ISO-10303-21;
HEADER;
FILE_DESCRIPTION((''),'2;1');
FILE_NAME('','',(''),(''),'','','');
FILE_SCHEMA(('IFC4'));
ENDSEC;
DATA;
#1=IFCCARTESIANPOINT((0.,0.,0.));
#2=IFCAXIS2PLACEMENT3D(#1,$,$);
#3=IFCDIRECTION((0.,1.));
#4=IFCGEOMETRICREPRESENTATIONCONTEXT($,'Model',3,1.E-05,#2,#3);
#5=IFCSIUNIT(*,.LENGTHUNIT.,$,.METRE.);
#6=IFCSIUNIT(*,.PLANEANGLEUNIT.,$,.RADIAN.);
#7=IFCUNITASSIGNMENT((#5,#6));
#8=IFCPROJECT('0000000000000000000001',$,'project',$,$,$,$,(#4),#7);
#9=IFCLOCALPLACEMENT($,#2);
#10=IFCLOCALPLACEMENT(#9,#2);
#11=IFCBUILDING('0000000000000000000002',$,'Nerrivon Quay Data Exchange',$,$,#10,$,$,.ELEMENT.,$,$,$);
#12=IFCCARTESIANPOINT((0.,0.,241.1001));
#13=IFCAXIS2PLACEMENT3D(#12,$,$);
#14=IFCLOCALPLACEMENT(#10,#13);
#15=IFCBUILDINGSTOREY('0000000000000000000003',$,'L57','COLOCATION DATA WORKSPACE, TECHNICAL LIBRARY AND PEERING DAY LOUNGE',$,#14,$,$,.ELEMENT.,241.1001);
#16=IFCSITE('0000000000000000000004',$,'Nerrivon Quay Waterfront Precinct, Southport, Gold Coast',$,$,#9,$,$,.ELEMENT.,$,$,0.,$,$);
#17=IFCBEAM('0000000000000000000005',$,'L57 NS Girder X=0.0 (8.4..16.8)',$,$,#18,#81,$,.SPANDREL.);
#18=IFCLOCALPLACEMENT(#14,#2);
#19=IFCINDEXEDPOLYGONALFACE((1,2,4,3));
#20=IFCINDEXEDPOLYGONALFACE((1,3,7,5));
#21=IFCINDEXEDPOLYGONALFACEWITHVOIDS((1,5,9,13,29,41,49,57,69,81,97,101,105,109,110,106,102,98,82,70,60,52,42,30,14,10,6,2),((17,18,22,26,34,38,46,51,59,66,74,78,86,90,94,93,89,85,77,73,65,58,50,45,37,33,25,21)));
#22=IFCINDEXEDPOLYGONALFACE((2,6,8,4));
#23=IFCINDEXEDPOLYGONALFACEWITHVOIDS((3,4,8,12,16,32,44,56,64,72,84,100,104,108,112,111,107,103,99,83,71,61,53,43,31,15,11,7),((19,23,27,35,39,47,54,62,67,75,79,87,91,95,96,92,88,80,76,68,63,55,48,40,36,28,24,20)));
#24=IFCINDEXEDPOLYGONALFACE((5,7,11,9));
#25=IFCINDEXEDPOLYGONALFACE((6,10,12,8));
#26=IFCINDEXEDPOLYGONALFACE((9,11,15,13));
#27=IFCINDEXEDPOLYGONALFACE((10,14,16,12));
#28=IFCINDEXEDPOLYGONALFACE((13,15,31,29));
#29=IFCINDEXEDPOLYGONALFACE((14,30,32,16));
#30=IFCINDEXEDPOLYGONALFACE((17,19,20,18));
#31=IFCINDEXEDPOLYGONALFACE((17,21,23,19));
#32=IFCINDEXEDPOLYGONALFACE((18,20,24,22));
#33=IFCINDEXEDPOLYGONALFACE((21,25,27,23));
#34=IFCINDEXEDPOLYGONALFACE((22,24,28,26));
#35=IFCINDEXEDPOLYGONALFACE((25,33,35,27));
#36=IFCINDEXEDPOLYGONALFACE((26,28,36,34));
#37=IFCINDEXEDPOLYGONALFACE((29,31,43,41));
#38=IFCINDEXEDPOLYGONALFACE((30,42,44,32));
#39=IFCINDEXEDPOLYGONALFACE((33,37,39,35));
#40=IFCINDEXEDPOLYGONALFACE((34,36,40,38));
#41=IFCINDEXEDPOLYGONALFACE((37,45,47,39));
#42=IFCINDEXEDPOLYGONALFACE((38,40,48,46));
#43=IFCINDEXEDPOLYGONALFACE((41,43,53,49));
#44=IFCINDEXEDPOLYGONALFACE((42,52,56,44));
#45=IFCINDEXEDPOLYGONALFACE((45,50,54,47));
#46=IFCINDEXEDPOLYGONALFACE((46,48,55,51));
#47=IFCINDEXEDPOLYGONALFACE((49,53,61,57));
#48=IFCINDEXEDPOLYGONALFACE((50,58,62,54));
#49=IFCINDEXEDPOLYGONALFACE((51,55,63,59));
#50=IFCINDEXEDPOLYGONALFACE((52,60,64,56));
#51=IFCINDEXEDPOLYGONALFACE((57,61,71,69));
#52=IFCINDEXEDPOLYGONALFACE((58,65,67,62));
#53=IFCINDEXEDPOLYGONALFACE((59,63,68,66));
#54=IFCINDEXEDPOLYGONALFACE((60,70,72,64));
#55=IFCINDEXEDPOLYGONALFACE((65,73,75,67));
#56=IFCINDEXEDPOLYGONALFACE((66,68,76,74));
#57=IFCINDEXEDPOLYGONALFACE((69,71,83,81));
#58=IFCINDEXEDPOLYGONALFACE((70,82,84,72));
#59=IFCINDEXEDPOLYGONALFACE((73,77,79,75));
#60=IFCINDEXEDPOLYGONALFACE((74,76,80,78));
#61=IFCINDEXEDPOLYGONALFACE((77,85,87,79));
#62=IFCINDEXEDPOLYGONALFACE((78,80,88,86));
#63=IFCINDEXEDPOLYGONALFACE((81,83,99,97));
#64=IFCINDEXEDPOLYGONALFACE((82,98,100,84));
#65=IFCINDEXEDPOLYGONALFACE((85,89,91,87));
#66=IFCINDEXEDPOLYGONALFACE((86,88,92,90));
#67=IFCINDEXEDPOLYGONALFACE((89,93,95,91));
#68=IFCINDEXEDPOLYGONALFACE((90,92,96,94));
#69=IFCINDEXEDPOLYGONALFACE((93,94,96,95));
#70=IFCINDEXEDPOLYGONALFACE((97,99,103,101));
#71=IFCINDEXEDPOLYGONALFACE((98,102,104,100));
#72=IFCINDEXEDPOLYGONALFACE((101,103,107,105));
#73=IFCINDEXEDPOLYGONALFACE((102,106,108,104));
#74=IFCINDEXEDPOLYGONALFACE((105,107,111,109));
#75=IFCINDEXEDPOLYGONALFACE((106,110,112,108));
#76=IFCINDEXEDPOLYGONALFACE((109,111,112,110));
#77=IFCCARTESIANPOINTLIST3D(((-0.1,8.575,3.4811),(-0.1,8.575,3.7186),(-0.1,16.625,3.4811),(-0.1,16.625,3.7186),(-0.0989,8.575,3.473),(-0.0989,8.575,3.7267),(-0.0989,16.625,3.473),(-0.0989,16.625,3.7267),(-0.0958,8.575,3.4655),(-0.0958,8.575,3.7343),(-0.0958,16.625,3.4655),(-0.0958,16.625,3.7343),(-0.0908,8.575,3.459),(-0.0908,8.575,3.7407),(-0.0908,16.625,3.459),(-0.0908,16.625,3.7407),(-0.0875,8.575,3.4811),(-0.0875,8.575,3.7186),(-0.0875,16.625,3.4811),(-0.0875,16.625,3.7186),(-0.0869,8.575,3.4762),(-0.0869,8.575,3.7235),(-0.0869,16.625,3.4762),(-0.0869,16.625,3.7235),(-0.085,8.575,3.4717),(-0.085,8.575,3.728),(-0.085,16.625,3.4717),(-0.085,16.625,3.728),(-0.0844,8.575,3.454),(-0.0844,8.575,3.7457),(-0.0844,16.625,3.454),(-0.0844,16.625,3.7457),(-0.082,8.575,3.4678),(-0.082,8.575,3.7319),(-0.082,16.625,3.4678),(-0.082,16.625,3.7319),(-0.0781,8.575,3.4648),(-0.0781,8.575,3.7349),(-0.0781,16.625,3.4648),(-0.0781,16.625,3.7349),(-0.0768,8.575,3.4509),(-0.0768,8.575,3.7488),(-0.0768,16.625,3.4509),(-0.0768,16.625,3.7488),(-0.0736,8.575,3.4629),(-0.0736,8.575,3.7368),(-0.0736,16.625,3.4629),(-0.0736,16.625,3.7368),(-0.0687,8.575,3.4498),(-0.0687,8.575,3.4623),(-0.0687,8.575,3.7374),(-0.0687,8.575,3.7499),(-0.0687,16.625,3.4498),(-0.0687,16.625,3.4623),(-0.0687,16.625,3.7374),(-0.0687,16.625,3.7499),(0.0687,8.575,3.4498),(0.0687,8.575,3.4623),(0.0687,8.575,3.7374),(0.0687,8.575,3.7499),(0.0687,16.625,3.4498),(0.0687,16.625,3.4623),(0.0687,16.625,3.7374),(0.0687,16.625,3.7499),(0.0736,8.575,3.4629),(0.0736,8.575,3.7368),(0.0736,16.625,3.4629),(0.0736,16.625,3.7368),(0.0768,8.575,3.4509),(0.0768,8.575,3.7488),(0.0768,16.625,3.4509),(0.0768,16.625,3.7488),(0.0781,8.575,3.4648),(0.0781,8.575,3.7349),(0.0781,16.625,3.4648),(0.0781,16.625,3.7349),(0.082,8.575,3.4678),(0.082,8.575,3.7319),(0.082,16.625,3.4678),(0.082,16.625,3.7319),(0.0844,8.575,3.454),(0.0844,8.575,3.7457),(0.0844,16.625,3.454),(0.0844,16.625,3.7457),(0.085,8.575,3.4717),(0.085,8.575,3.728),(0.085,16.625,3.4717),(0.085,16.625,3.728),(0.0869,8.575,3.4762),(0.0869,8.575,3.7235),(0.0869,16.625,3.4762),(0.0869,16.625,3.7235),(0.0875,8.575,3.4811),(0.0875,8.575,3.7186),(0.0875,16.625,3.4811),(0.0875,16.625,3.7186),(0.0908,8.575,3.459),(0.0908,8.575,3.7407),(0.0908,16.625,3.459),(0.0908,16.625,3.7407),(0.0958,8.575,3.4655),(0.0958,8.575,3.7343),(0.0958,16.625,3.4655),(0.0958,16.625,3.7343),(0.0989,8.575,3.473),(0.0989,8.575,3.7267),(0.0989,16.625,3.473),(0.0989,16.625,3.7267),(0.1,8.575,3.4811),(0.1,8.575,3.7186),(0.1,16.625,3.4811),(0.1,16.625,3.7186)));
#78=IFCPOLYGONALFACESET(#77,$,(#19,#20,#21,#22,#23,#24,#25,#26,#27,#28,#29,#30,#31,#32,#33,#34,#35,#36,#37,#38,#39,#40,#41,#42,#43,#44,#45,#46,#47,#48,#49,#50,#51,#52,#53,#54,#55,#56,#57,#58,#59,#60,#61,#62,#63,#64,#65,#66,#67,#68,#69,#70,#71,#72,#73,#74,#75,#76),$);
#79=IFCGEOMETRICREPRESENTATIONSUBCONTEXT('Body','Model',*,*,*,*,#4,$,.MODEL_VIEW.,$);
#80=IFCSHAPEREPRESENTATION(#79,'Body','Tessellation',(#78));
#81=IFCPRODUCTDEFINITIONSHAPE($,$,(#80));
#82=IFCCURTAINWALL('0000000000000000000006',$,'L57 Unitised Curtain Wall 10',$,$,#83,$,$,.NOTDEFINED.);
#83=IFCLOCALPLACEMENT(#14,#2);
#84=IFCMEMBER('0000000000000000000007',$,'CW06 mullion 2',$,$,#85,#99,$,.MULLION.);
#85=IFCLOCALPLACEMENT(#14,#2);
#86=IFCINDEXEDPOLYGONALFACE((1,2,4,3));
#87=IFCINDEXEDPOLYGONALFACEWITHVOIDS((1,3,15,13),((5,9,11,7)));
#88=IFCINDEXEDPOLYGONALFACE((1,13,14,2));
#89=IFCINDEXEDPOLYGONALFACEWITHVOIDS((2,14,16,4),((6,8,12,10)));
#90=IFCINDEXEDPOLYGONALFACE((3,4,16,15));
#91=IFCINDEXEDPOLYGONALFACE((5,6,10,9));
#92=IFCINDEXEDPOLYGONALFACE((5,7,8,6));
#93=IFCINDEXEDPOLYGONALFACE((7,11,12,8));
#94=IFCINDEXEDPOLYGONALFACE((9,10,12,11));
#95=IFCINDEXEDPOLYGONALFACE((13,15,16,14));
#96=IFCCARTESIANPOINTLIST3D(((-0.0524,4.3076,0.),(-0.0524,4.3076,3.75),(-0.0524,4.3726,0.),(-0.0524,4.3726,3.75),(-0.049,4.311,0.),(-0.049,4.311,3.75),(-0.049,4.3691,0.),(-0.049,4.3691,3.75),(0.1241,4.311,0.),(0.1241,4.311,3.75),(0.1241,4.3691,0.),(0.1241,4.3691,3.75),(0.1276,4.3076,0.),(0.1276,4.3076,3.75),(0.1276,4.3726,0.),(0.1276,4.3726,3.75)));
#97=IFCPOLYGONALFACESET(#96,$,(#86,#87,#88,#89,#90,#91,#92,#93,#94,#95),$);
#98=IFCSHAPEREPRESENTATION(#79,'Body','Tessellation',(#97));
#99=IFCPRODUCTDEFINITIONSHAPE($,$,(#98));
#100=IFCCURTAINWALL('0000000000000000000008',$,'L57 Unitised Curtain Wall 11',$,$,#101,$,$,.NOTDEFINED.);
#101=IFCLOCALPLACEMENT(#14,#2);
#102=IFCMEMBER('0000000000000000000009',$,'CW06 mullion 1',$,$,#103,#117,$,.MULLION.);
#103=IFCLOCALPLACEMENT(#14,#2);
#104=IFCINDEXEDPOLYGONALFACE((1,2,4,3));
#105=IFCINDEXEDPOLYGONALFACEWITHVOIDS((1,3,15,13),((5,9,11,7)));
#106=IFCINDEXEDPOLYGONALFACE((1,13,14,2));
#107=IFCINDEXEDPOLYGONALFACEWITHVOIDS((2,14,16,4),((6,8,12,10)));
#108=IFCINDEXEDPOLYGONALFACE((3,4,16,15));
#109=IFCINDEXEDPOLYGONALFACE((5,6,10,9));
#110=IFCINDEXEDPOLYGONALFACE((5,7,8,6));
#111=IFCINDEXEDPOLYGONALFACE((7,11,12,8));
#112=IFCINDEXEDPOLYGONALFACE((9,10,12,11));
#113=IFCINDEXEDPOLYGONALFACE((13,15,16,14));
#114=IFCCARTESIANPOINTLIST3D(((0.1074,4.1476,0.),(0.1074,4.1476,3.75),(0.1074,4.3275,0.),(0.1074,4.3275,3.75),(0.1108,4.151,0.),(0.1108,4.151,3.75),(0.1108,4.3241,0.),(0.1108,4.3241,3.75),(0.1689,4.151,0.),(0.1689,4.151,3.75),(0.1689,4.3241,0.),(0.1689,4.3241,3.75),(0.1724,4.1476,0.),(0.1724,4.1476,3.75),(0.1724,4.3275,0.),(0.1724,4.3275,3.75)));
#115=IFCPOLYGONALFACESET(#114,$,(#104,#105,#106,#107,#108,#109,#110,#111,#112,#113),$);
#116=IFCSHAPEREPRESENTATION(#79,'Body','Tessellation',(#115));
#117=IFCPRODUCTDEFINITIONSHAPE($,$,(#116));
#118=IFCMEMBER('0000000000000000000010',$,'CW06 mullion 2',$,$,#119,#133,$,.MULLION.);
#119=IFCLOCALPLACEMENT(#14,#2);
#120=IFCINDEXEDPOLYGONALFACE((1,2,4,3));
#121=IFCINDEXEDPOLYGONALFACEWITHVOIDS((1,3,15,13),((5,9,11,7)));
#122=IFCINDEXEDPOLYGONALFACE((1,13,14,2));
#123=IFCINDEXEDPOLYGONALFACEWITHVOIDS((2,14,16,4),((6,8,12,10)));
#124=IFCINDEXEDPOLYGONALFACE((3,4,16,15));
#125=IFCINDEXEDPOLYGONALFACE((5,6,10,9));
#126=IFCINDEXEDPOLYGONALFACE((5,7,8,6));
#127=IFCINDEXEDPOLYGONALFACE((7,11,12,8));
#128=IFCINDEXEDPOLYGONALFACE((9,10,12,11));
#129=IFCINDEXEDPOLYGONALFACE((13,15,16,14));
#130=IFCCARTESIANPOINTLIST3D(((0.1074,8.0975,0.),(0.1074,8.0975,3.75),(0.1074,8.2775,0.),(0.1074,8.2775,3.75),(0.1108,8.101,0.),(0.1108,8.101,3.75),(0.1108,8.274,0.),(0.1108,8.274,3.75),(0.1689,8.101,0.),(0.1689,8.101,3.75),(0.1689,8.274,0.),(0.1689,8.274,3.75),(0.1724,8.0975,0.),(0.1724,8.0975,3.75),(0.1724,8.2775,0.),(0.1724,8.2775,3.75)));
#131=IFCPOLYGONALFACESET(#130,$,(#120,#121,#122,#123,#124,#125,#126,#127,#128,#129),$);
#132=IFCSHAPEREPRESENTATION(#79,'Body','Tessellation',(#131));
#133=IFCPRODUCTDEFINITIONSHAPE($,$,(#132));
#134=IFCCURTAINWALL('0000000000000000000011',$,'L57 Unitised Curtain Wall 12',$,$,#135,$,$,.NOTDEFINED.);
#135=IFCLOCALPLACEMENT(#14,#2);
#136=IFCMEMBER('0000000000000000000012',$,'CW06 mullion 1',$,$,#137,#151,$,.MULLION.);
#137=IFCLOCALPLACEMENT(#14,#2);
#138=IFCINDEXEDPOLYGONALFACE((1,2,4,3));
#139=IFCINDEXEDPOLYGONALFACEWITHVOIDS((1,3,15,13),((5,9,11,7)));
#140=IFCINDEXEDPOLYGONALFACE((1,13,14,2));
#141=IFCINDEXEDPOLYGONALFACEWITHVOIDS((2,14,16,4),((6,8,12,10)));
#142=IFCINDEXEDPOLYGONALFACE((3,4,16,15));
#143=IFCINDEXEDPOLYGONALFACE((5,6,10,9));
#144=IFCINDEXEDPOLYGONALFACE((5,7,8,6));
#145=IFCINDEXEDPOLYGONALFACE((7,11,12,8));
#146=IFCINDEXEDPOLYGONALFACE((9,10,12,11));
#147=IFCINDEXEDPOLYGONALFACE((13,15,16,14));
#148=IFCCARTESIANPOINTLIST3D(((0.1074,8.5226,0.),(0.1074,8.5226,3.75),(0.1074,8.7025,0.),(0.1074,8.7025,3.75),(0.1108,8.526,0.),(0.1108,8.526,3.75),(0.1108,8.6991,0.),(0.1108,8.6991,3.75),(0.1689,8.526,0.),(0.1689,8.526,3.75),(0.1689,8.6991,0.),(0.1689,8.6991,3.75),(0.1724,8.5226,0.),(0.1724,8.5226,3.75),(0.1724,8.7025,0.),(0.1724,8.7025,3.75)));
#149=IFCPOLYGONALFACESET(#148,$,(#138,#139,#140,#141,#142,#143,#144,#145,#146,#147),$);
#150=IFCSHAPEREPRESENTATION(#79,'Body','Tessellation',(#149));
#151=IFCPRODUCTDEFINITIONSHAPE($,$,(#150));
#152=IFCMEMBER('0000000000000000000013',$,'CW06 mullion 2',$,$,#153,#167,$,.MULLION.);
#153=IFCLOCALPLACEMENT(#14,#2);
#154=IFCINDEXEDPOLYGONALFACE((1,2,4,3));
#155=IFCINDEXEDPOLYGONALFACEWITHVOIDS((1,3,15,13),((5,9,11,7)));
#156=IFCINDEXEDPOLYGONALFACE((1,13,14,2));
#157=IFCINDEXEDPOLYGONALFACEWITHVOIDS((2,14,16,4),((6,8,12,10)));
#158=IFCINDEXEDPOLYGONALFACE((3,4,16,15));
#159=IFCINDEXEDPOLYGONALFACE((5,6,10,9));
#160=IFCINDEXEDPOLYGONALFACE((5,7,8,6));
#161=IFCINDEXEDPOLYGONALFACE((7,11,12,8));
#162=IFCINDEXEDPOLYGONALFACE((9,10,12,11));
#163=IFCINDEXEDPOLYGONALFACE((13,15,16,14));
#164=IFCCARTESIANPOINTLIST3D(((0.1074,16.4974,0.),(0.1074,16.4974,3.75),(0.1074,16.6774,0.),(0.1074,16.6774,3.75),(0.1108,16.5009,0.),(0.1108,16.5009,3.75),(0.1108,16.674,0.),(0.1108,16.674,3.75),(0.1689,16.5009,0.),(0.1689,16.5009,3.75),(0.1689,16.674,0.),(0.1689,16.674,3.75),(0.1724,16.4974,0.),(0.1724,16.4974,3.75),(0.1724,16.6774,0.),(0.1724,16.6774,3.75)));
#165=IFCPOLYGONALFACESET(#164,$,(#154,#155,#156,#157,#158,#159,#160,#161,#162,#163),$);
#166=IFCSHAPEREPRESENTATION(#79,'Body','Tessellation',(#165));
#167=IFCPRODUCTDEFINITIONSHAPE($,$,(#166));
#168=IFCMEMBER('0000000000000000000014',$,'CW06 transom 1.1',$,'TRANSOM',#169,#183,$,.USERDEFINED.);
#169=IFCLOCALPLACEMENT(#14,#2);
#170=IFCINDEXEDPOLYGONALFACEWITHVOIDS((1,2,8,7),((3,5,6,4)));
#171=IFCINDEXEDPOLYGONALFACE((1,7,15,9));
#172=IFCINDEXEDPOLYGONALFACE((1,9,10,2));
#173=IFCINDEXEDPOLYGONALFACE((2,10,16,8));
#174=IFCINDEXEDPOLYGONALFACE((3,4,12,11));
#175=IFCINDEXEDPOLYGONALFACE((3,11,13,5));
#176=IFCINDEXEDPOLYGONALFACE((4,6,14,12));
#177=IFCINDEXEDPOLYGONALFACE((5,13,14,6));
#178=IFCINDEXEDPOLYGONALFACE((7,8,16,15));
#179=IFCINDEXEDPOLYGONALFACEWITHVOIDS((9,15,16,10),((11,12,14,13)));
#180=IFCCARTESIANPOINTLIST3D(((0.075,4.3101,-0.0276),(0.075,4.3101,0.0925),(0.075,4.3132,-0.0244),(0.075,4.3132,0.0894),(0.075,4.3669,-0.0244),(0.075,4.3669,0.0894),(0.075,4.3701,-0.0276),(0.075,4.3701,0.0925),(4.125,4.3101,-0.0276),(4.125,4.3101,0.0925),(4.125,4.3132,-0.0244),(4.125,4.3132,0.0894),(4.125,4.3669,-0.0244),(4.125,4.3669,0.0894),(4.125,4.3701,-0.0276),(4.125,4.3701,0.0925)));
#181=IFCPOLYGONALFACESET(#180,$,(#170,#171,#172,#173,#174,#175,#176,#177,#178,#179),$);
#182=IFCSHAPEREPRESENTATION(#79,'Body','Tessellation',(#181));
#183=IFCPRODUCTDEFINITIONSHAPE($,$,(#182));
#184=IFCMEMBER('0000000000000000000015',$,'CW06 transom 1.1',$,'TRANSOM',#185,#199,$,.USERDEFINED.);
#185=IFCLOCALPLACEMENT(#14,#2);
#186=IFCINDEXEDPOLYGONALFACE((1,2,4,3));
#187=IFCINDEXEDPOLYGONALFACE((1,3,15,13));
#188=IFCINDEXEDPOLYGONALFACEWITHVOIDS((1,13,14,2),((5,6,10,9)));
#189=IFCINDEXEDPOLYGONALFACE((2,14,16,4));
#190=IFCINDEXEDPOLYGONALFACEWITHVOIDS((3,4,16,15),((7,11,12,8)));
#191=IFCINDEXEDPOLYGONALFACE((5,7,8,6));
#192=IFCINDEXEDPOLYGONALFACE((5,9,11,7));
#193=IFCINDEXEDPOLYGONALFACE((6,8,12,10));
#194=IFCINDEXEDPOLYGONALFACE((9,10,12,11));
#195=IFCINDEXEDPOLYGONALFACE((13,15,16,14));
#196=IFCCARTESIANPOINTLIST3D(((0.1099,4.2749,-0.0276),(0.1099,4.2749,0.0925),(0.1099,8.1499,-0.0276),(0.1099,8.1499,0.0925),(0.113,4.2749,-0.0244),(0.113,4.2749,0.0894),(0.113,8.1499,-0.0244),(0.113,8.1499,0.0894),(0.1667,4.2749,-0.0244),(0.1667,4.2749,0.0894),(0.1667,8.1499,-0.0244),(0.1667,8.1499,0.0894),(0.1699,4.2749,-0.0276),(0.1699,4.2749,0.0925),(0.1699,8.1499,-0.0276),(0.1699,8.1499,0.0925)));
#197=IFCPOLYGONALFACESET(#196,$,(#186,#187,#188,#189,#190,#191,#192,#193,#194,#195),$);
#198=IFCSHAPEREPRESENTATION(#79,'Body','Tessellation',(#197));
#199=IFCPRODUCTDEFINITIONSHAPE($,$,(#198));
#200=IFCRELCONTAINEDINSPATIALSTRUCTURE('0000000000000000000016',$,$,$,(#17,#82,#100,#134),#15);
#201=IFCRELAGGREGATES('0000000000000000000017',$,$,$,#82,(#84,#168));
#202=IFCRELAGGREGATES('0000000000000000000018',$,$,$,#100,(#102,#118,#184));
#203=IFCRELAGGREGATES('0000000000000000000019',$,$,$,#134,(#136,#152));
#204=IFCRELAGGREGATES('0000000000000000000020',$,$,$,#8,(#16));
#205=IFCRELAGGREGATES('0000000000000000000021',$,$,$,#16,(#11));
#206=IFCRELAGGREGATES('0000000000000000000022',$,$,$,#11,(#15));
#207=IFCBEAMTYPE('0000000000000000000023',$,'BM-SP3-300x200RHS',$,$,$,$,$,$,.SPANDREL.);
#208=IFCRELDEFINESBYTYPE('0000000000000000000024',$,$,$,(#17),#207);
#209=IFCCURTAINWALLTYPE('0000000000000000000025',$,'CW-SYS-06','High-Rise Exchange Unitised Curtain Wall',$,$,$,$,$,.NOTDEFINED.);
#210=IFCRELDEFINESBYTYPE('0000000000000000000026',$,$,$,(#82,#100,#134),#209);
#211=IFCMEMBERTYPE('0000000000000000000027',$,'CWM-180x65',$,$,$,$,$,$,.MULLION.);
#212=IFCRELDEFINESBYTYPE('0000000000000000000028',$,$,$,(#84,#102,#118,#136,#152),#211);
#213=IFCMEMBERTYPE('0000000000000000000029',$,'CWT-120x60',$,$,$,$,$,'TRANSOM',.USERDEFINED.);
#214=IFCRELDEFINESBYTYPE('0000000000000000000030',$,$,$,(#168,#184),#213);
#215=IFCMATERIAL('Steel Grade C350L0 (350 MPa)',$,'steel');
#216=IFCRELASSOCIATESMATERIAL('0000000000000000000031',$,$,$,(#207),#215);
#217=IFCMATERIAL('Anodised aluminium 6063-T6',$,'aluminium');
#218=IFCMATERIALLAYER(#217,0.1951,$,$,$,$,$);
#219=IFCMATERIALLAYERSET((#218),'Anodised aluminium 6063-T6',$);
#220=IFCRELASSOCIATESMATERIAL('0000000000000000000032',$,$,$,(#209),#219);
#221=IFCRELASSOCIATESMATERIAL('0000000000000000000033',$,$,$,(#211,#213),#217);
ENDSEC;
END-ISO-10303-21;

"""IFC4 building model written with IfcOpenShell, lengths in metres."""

from ifc_helpers import new_model, si_unit, direction, frame, origin, origin_2d, place, context, subcontext, project, spatial, hollow_rectangle, extrude, material, layer, layer_set, material_profile, profile_set, type_object, element, aggregate, save


model = new_model("IFC4")

# Units and contexts
model_context = context("Model", 3, precision=1e-05, world=origin(), true_north=direction((0.0, 1.0)))
body_context = subcontext(model_context, "Body", "Model", "MODEL_VIEW")
ifc_project = project(units=[si_unit("LENGTHUNIT", "METRE"), si_unit("PLANEANGLEUNIT", "RADIAN")], contexts=[model_context])

# Site, building, storey
site_placement = place(None, origin())
site = spatial("IfcSite", under=ifc_project, at=site_placement, Name="Nerrivon Quay Waterfront Precinct, Southport, Gold Coast", CompositionType="ELEMENT", RefElevation=0.0)
building_placement = place(site_placement, origin())
building = spatial("IfcBuilding", under=site, at=building_placement, Name="Nerrivon Quay Data Exchange", CompositionType="ELEMENT")
storey_placement = place(building_placement, frame((0.0, 0.0, 241.1001)))
storey = spatial("IfcBuildingStorey", under=building, at=storey_placement, Name="L57", Description="COLOCATION DATA WORKSPACE, TECHNICAL LIBRARY AND PEERING DAY LOUNGE", CompositionType="ELEMENT", Elevation=241.1001)

# Beam
ifc_material_1 = material(Name="Steel Grade C350L0 (350 MPa)", Category="steel")
ifc_material_profile_1 = material_profile(ifc_material_1, hollow_rectangle(XDim=0.2, YDim=0.3, WallThickness=0.0125, InnerFilletRadius=0.0188, OuterFilletRadius=0.0312, at=origin_2d()), Name="300x200x12.5RHS")
ifc_profile_set_1 = profile_set([ifc_material_profile_1], Name="Steel Grade C350L0 (350 MPa)")
beam_type_1 = type_object("IfcBeamType", Name="BM-SP3-300x200RHS", PredefinedType="SPANDREL", material=ifc_profile_set_1)
beam_placement = place(storey_placement, frame((0.0, 8.575, 3.5999), z_axis=(0.0, 1.0, 0.0), x_axis=(-1.0, 0.0, 0.0)))
element("IfcBeam", 1, at=beam_placement, inside=storey, type_object=beam_type_1, Name="L57 NS Girder X=0.0 (8.4..16.8)", PredefinedType="SPANDREL", context=body_context, shape_type="SweptSolid", body=[
    extrude(hollow_rectangle(XDim=0.2, YDim=0.3, WallThickness=0.0125, InnerFilletRadius=0.0188, OuterFilletRadius=0.0312, at=origin_2d()), origin(), (0.0, 0.0, 1.0), 8.05),
])

# Curtain wall, member
ifc_material_2 = material(Name="Anodised aluminium 6063-T6", Category="aluminium")
ifc_layer_1 = layer(ifc_material_2, 0.1951)
ifc_layer_set_1 = layer_set([ifc_layer_1], Name="Anodised aluminium 6063-T6")
curtain_wall_type = type_object("IfcCurtainWallType", Name="CW-SYS-06", Description="High-Rise Exchange Unitised Curtain Wall", PredefinedType="NOTDEFINED", material=ifc_layer_set_1)
curtain_wall_1_placement = place(storey_placement, origin())
curtain_wall_1 = element("IfcCurtainWall", 2, at=curtain_wall_1_placement, inside=storey, type_object=curtain_wall_type, Name="L57 Unitised Curtain Wall 10", PredefinedType="NOTDEFINED")
ifc_material_profile_2 = material_profile(ifc_material_2, hollow_rectangle(XDim=0.0649, YDim=0.1799, WallThickness=0.0034, at=origin_2d()), Name="ALU-MULL-180x65")
ifc_profile_set_2 = profile_set([ifc_material_profile_2], Name="Anodised aluminium 6063-T6")
member_type_1 = type_object("IfcMemberType", Name="CWM-180x65", PredefinedType="MULLION", material=ifc_profile_set_2)
member_1_placement = place(storey_placement, frame((0.0376, 4.3401, 0.0), z_axis=(0.0, 0.0, 1.0), x_axis=(0.0, -1.0, 0.0)))
member_1 = element("IfcMember", 3, at=member_1_placement, type_object=member_type_1, Name="CW06 mullion 2", PredefinedType="MULLION", context=body_context, shape_type="SweptSolid", body=[
    extrude(hollow_rectangle(XDim=0.0649, YDim=0.1799, WallThickness=0.0034, at=origin_2d()), origin(), (0.0, 0.0, 1.0), 3.75),
])

# Curtain walls, members
curtain_wall_2_placement = place(storey_placement, origin())
curtain_wall_2 = element("IfcCurtainWall", 4, at=curtain_wall_2_placement, inside=storey, type_object=curtain_wall_type, Name="L57 Unitised Curtain Wall 11", PredefinedType="NOTDEFINED")
member_2_placement = place(storey_placement, frame((0.1399, 4.2375, 0.0), z_axis=(0.0, 0.0, 1.0), x_axis=(-1.0, 0.0, 0.0)))
member_2 = element("IfcMember", 5, at=member_2_placement, type_object=member_type_1, Name="CW06 mullion 1", PredefinedType="MULLION", context=body_context, shape_type="SweptSolid", body=[
    extrude(hollow_rectangle(XDim=0.0649, YDim=0.1799, WallThickness=0.0034, at=origin_2d()), origin(), (0.0, 0.0, 1.0), 3.75),
])
member_3_placement = place(storey_placement, frame((0.1399, 8.1875, 0.0), z_axis=(0.0, 0.0, 1.0), x_axis=(-1.0, 0.0, 0.0)))
member_3 = element("IfcMember", 6, at=member_3_placement, type_object=member_type_1, Name="CW06 mullion 2", PredefinedType="MULLION", context=body_context, shape_type="SweptSolid", body=[
    extrude(hollow_rectangle(XDim=0.0649, YDim=0.1799, WallThickness=0.0034, at=origin_2d()), origin(), (0.0, 0.0, 1.0), 3.75),
])
curtain_wall_3_placement = place(storey_placement, origin())
curtain_wall_3 = element("IfcCurtainWall", 7, at=curtain_wall_3_placement, inside=storey, type_object=curtain_wall_type, Name="L57 Unitised Curtain Wall 12", PredefinedType="NOTDEFINED")
member_4_placement = place(storey_placement, frame((0.1399, 8.6125, 0.0), z_axis=(0.0, 0.0, 1.0), x_axis=(-1.0, 0.0, 0.0)))
member_4 = element("IfcMember", 8, at=member_4_placement, type_object=member_type_1, Name="CW06 mullion 1", PredefinedType="MULLION", context=body_context, shape_type="SweptSolid", body=[
    extrude(hollow_rectangle(XDim=0.0649, YDim=0.1799, WallThickness=0.0034, at=origin_2d()), origin(), (0.0, 0.0, 1.0), 3.75),
])
member_5_placement = place(storey_placement, frame((0.1399, 16.5874, 0.0), z_axis=(0.0, 0.0, 1.0), x_axis=(-1.0, 0.0, 0.0)))
member_5 = element("IfcMember", 9, at=member_5_placement, type_object=member_type_1, Name="CW06 mullion 2", PredefinedType="MULLION", context=body_context, shape_type="SweptSolid", body=[
    extrude(hollow_rectangle(XDim=0.0649, YDim=0.1799, WallThickness=0.0034, at=origin_2d()), origin(), (0.0, 0.0, 1.0), 3.75),
])

# Members
ifc_material_profile_3 = material_profile(ifc_material_2, hollow_rectangle(XDim=0.0601, YDim=0.1201, WallThickness=0.0032, at=origin_2d()), Name="ALU-TRAN-120x60")
ifc_profile_set_3 = profile_set([ifc_material_profile_3], Name="Anodised aluminium 6063-T6")
member_type_2 = type_object("IfcMemberType", Name="CWT-120x60", ElementType="TRANSOM", PredefinedType="USERDEFINED", material=ifc_profile_set_3)
member_6_placement = place(storey_placement, frame((4.125, 4.3401, 0.0325), z_axis=(-1.0, 0.0, 0.0), x_axis=(0.0, -1.0, 0.0)))
member_6 = element("IfcMember", 10, at=member_6_placement, type_object=member_type_2, Name="CW06 transom 1.1", ObjectType="TRANSOM", PredefinedType="USERDEFINED", context=body_context, shape_type="SweptSolid", body=[
    extrude(hollow_rectangle(XDim=0.0601, YDim=0.1201, WallThickness=0.0032, at=origin_2d()), origin(), (0.0, 0.0, 1.0), 4.05),
])
member_7_placement = place(storey_placement, frame((0.1399, 4.2749, 0.0325), z_axis=(0.0, 1.0, 0.0), x_axis=(-1.0, 0.0, 0.0)))
member_7 = element("IfcMember", 11, at=member_7_placement, type_object=member_type_2, Name="CW06 transom 1.1", ObjectType="TRANSOM", PredefinedType="USERDEFINED", context=body_context, shape_type="SweptSolid", body=[
    extrude(hollow_rectangle(XDim=0.0601, YDim=0.1201, WallThickness=0.0032, at=origin_2d()), origin(), (0.0, 0.0, 1.0), 3.875),
])

aggregate(curtain_wall_1, [member_1, member_6])
aggregate(curtain_wall_2, [member_2, member_3, member_7])
aggregate(curtain_wall_3, [member_4, member_5])

save(model, "model.ifc")
